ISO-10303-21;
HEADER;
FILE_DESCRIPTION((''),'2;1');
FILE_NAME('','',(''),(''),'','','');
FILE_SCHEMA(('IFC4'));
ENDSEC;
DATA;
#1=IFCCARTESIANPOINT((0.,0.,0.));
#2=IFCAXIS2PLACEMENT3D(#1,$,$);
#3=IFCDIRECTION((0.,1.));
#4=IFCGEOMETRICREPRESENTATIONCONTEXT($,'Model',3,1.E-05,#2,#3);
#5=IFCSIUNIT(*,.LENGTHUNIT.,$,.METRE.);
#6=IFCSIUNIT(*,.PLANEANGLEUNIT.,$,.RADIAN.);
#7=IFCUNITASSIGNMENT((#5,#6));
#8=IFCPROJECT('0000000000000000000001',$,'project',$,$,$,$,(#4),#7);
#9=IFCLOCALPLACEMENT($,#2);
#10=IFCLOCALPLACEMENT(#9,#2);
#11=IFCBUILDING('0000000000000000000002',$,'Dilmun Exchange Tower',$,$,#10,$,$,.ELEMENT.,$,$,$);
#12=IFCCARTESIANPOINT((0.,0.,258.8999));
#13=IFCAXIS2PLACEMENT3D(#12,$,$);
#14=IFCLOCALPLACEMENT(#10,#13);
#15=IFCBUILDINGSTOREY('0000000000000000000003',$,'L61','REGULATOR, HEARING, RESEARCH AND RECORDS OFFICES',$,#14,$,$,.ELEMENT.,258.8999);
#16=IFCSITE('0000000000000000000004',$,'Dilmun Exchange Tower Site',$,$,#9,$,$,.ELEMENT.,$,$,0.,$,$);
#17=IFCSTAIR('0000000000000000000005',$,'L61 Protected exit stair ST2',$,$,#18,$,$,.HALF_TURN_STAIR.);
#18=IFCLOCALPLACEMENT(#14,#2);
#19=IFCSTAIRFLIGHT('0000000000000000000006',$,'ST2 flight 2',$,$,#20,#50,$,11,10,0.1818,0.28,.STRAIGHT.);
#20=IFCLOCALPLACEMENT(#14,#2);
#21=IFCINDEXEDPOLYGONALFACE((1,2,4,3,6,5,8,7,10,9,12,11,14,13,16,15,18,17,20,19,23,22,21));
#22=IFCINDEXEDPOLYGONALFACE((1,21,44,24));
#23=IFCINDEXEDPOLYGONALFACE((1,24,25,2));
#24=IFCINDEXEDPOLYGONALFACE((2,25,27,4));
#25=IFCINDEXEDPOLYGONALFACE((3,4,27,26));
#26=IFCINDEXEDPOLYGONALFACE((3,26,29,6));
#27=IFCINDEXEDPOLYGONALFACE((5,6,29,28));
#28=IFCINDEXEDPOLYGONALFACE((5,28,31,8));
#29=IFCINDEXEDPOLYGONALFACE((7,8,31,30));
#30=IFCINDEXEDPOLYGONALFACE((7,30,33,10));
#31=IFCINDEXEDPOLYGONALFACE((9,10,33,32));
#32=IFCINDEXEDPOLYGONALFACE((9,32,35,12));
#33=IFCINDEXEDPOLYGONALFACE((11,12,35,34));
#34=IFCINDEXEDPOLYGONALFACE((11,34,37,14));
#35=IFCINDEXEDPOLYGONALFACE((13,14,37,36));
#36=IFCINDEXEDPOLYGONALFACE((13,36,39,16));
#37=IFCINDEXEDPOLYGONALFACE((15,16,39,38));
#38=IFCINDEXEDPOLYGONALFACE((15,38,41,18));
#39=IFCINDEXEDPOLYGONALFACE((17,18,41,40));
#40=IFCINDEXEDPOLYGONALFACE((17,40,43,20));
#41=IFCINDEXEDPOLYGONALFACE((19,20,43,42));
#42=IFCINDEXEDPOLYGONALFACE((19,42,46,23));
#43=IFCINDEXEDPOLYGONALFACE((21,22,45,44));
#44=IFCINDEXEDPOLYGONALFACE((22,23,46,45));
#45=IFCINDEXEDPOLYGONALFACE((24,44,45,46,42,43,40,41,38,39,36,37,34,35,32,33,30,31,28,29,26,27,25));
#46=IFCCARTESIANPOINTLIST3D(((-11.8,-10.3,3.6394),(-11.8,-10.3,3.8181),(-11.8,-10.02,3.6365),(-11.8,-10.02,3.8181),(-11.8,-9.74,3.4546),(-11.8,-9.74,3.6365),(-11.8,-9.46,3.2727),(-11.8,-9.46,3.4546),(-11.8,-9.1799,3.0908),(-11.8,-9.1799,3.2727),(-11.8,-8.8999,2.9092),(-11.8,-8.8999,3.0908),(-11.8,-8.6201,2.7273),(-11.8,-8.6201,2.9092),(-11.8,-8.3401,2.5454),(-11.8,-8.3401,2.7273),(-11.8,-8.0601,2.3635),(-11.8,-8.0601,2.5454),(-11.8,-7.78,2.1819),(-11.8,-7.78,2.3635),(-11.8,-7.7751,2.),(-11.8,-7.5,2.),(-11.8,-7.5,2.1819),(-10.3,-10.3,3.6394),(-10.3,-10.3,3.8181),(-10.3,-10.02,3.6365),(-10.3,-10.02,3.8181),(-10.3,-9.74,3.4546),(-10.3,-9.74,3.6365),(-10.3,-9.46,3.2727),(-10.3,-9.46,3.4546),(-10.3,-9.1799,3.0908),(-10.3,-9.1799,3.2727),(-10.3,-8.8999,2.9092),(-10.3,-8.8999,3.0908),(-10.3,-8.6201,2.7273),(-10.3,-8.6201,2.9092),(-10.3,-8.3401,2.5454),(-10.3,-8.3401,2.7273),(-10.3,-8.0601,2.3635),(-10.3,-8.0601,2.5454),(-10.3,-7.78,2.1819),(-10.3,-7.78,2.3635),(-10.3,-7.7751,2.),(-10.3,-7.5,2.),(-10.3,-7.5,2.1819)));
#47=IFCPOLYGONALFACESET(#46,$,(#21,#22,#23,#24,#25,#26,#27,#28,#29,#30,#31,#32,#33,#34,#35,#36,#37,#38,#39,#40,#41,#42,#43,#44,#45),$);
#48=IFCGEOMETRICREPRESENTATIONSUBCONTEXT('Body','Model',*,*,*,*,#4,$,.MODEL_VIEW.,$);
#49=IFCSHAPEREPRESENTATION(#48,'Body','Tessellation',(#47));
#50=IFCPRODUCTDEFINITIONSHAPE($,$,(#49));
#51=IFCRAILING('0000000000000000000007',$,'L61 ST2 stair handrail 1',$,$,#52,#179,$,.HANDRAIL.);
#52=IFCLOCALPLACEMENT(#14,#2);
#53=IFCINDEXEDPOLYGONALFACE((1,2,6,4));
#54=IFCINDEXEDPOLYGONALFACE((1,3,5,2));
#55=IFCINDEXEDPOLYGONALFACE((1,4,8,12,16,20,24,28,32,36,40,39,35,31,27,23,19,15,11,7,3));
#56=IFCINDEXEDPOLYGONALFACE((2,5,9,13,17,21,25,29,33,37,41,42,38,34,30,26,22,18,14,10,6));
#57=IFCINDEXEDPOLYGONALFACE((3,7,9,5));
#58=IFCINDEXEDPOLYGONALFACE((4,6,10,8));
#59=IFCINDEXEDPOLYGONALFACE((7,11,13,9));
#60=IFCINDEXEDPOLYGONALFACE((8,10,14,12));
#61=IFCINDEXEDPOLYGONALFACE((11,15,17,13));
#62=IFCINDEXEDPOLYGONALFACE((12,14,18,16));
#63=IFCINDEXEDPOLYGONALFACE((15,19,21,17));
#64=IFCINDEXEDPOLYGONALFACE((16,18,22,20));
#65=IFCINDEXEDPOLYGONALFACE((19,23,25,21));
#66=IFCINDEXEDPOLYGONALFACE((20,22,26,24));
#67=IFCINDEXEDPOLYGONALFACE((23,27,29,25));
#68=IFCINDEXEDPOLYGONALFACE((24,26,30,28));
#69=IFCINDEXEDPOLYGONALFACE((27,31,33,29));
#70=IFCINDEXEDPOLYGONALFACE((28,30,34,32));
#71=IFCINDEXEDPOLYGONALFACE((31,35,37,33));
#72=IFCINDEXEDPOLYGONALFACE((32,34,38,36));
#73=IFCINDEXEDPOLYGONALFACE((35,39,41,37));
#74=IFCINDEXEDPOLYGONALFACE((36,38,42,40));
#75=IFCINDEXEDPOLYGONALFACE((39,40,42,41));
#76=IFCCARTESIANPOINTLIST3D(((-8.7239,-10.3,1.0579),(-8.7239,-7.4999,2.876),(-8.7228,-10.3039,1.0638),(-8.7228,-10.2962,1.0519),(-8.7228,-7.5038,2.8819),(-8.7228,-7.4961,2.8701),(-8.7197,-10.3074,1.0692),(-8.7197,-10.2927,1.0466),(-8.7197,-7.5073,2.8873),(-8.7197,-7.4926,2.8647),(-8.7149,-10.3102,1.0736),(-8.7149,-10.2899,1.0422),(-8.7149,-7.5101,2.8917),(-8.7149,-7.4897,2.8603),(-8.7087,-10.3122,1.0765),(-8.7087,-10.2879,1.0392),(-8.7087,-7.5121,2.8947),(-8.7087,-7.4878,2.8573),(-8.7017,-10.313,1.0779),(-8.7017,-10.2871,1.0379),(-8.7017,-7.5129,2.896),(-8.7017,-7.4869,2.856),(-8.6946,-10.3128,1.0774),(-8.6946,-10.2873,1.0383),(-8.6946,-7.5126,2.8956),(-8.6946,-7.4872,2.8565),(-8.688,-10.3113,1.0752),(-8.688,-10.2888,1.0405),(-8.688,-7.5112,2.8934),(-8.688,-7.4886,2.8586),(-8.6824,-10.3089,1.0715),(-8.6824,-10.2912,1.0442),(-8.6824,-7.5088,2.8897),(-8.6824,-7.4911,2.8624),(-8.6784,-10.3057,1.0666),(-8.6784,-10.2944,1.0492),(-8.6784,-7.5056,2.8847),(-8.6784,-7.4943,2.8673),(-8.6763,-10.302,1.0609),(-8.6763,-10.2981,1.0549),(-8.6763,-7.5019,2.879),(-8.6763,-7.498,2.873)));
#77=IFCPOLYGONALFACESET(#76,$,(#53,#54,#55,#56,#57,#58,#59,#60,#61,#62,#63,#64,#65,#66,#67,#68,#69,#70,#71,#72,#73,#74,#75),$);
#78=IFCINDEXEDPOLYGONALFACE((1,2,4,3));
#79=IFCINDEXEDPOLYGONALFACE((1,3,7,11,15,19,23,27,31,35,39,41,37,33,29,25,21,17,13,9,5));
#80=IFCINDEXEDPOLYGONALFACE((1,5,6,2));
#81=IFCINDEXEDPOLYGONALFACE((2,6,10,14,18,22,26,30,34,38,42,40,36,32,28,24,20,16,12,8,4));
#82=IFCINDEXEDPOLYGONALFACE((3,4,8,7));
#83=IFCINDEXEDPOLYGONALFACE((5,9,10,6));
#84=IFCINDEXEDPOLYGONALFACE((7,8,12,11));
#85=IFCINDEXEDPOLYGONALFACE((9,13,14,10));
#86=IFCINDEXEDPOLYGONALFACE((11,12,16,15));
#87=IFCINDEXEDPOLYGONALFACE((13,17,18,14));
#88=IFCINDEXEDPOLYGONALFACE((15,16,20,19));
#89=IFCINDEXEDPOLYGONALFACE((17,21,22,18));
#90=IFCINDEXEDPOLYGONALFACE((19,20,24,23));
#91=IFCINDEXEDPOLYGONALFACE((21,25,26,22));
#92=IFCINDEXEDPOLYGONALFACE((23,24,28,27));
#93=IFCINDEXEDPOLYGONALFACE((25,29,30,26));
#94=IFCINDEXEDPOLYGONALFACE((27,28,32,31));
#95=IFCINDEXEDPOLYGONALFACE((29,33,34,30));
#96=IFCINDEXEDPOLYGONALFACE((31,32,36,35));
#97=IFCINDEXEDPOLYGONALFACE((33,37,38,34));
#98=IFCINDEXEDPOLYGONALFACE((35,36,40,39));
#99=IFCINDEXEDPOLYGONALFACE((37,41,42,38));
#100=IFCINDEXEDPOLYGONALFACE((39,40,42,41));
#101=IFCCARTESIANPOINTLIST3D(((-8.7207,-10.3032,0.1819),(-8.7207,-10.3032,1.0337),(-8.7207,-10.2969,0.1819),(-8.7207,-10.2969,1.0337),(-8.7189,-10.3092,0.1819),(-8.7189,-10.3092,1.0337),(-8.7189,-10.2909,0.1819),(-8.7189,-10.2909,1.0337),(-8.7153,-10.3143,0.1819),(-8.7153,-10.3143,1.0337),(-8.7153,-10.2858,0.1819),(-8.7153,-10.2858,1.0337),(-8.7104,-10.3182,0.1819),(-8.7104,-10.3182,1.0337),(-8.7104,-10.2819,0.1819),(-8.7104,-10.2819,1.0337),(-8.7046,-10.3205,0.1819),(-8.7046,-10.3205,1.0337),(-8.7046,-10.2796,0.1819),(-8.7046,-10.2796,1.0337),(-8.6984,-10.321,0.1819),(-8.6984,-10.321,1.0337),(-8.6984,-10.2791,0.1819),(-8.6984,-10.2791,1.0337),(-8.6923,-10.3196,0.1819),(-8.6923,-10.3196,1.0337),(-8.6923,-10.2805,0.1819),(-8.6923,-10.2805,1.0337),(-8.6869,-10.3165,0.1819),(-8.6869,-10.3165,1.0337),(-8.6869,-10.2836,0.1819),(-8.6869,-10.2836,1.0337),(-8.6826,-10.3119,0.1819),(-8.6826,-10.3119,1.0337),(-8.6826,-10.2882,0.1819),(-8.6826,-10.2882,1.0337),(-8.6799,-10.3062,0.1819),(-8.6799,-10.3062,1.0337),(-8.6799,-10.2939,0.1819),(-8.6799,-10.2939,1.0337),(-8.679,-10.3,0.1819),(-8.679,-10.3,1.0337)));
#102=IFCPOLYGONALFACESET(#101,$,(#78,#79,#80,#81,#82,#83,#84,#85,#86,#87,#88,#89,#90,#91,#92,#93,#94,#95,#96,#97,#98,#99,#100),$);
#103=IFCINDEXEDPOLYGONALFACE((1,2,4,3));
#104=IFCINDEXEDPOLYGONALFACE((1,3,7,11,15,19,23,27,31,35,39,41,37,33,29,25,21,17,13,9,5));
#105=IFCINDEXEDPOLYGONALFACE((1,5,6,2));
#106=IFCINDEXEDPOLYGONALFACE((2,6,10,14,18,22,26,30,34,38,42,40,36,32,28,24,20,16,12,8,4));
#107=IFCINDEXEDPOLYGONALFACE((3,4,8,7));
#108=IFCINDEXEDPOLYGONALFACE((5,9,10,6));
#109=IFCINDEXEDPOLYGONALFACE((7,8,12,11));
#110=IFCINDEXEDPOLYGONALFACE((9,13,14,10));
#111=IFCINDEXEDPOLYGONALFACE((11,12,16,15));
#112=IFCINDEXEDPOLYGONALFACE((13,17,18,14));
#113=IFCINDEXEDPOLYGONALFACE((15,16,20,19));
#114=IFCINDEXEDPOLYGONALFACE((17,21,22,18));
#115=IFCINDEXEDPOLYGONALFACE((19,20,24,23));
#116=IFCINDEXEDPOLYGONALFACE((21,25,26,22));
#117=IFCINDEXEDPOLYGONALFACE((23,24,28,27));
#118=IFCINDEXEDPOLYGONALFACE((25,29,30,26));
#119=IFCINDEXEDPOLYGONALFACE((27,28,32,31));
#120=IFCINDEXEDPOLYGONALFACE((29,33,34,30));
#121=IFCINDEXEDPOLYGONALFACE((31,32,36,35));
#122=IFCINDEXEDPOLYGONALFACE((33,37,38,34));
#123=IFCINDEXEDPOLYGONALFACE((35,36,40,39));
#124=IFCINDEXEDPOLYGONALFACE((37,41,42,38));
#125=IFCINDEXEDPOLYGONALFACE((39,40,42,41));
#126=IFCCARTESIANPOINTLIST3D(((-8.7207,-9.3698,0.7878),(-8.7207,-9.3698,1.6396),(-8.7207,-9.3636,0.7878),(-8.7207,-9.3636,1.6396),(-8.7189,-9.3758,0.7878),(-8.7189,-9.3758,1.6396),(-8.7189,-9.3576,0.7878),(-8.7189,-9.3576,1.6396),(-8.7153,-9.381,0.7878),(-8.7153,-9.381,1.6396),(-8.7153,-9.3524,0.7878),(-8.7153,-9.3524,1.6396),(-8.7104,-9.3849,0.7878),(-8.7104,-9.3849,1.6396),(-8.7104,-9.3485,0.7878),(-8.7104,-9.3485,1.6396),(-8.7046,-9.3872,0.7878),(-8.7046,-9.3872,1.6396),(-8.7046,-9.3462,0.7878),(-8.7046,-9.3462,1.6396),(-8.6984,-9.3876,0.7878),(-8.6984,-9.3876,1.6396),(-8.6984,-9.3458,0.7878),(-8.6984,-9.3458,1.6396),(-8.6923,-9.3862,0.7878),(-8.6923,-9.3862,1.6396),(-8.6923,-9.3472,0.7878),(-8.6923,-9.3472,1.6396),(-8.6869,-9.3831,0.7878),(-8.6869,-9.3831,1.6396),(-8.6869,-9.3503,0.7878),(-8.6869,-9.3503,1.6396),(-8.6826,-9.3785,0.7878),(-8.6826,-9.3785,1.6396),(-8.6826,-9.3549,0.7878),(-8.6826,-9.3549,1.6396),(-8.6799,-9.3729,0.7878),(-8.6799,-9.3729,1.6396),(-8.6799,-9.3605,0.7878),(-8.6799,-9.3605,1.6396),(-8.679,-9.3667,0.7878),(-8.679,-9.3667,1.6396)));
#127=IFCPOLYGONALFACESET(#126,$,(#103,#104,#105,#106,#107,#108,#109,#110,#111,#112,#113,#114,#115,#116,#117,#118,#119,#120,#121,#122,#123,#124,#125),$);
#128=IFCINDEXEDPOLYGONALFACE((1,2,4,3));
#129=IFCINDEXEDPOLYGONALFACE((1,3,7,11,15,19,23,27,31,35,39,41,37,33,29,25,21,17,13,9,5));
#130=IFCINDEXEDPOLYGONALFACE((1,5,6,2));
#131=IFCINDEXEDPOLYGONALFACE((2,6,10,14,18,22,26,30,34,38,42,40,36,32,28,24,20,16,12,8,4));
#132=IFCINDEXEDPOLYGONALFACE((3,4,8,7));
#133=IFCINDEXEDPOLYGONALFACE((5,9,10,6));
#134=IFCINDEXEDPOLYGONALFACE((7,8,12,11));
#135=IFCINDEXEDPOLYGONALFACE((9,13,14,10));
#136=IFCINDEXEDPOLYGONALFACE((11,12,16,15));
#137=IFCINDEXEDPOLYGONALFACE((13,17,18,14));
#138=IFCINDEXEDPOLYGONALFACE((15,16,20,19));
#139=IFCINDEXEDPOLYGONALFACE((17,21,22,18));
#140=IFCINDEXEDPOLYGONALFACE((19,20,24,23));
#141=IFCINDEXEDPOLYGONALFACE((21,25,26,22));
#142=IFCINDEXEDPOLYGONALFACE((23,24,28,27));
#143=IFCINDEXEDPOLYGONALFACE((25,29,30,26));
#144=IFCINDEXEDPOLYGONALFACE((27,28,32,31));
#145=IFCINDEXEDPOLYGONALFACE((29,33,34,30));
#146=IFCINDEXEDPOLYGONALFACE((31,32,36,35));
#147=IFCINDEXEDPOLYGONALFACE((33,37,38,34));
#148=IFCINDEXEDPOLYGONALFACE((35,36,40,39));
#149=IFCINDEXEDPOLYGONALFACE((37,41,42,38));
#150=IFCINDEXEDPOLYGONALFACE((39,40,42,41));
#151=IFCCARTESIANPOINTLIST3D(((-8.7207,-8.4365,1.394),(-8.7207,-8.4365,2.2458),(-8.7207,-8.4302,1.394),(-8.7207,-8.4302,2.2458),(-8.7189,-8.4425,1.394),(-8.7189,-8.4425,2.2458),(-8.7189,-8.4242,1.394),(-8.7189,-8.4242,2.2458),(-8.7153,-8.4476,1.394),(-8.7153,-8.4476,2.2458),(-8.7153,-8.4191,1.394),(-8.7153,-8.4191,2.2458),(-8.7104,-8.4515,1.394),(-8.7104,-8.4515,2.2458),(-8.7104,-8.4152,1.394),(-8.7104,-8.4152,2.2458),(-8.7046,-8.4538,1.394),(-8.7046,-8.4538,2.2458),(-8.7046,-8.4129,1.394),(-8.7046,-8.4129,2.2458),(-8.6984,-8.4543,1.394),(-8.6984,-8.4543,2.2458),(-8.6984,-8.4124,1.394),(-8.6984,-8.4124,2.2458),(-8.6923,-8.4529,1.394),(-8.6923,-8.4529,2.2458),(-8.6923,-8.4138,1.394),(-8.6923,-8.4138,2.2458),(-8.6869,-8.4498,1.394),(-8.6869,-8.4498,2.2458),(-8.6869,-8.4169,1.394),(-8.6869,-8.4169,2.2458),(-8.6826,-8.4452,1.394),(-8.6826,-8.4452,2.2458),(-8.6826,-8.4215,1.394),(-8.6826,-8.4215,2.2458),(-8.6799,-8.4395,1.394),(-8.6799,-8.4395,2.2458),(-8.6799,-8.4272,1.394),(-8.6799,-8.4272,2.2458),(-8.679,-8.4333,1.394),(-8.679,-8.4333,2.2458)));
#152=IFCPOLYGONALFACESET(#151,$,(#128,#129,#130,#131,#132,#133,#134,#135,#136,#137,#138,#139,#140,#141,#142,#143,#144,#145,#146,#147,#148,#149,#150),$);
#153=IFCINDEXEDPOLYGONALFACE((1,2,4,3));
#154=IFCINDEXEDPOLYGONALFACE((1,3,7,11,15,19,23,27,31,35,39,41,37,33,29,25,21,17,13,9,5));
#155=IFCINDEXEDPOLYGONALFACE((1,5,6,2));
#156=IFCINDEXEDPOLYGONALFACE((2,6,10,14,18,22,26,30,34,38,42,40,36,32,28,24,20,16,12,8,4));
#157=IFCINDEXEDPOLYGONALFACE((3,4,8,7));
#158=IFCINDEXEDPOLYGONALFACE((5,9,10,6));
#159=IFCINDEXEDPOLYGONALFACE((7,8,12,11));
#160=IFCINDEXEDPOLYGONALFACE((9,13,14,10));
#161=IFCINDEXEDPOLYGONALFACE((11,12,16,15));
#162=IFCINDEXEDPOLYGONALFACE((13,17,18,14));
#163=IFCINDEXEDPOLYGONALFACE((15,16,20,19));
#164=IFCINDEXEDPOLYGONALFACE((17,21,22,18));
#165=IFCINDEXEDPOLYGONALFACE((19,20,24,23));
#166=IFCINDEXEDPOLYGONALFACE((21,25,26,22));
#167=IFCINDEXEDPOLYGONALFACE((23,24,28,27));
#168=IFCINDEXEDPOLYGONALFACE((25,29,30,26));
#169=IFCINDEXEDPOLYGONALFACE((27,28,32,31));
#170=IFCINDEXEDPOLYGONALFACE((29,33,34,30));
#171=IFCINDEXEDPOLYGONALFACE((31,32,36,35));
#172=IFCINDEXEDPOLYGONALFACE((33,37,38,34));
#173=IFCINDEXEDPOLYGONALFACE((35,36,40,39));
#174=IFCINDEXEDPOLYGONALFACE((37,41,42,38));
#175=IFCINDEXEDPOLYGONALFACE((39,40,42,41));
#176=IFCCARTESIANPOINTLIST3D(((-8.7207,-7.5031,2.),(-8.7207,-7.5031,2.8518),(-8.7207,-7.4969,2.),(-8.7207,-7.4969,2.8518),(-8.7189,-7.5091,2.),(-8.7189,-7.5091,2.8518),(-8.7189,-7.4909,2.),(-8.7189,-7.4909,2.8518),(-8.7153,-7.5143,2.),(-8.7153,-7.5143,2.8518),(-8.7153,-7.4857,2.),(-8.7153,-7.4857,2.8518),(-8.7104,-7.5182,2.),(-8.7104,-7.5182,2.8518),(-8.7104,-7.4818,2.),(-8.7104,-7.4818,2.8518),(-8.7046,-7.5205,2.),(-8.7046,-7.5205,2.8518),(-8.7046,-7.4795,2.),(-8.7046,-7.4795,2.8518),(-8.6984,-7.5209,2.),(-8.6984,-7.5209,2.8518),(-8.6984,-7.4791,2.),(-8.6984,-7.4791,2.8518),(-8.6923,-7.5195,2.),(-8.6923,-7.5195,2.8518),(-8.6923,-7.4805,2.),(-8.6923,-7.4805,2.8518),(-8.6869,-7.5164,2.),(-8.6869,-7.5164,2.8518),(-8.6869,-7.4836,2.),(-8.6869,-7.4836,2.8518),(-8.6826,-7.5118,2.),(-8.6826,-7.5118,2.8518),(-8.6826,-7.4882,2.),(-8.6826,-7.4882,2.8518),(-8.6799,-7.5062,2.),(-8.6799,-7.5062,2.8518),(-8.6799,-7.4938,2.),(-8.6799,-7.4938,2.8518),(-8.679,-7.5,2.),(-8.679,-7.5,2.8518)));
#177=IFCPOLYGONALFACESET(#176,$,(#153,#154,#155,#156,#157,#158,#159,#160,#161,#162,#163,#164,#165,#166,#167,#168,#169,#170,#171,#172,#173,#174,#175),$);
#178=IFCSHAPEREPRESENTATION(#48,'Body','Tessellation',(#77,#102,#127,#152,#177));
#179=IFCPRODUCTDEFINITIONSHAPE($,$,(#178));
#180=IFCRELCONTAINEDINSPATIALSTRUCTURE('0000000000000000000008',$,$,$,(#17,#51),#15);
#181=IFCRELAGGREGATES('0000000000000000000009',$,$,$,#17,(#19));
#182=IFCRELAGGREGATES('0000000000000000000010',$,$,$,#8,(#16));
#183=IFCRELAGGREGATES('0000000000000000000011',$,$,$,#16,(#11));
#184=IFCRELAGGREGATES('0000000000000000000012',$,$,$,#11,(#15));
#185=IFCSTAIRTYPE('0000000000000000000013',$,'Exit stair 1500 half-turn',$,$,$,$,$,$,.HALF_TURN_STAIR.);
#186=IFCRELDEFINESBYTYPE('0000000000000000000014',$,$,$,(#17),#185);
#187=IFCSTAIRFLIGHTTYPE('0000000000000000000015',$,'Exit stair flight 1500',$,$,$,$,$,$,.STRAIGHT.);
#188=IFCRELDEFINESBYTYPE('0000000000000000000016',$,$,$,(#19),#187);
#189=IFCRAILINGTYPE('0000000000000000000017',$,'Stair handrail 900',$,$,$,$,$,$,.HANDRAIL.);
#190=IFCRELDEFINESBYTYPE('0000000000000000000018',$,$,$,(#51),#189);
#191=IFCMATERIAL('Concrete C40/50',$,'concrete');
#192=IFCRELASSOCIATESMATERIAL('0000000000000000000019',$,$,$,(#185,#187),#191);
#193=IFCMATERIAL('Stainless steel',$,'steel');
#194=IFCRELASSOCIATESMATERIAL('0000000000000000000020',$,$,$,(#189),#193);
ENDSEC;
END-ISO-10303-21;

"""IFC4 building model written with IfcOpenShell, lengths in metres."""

from ifc_helpers import new_model, si_unit, direction, frame, origin, origin_2d, place, context, subcontext, project, spatial, polyline, circle, outline, extrude, material, type_object, element, aggregate, save


model = new_model("IFC4")

# Units and contexts
model_context = context("Model", 3, precision=1e-05, world=origin(), true_north=direction((0.0, 1.0)))
body_context = subcontext(model_context, "Body", "Model", "MODEL_VIEW")
ifc_project = project(units=[si_unit("LENGTHUNIT", "METRE"), si_unit("PLANEANGLEUNIT", "RADIAN")], contexts=[model_context])

# Site, building, storey
site_placement = place(None, origin())
site = spatial("IfcSite", under=ifc_project, at=site_placement, Name="Dilmun Exchange Tower Site", CompositionType="ELEMENT", RefElevation=0.0)
building_placement = place(site_placement, origin())
building = spatial("IfcBuilding", under=site, at=building_placement, Name="Dilmun Exchange Tower", CompositionType="ELEMENT")
storey_placement = place(building_placement, frame((0.0, 0.0, 258.8999)))
storey = spatial("IfcBuildingStorey", under=building, at=storey_placement, Name="L61", Description="REGULATOR, HEARING, RESEARCH AND RECORDS OFFICES", CompositionType="ELEMENT", Elevation=258.8999)

# Shared definitions
ifc_material_1 = material(Name="Concrete C40/50", Category="concrete")

# Stair, stair flight
stair_type = type_object("IfcStairType", Name="Exit stair 1500 half-turn", PredefinedType="HALF_TURN_STAIR", material=ifc_material_1)
stair_placement = place(storey_placement, origin())
stair = element("IfcStair", 1, at=stair_placement, inside=storey, type_object=stair_type, Name="L61 Protected exit stair ST2", PredefinedType="HALF_TURN_STAIR")
stair_flight_type = type_object("IfcStairFlightType", Name="Exit stair flight 1500", PredefinedType="STRAIGHT", material=ifc_material_1)
stair_flight_placement = place(storey_placement, frame((-11.05, -7.5, 2.0), z_axis=(0.0, 0.0, 1.0), x_axis=(0.0, -1.0, 0.0)))
stair_flight = element("IfcStairFlight", 2, at=stair_flight_placement, type_object=stair_flight_type, Name="ST2 flight 2", NumberOfRisers=11, NumberOfTreads=10, PredefinedType="STRAIGHT", RiserHeight=0.1818, TreadLength=0.28, context=body_context, shape_type="SweptSolid", body=[
    extrude(outline(polyline([(0.0, 0.0), (0.0, 0.1819), (0.28, 0.1819), (0.28, 0.3635), (0.5601, 0.3635), (0.5601, 0.5454), (0.8401, 0.5454), (0.8401, 0.7273), (1.1201, 0.7273), (1.1201, 0.9092), (1.3999, 0.9092), (1.3999, 1.0908), (1.6799, 1.0908), (1.6799, 1.2727), (1.96, 1.2727), (1.96, 1.4546), (2.24, 1.4546), (2.24, 1.6365), (2.52, 1.6365), (2.52, 1.8181), (2.8, 1.8181), (2.8, 2.0), (2.8, 1.6394), (0.2751, 0.0), (0.0, 0.0)])), frame((0.0, 0.75, 0.0), z_axis=(0.0, -1.0, 0.0), x_axis=(1.0, 0.0, 0.0)), (0.0, 0.0, 1.0), 1.5),
])
aggregate(stair, [stair_flight])

# Railing
ifc_material_2 = material(Name="Stainless steel", Category="steel")
railing_type = type_object("IfcRailingType", Name="Stair handrail 900", PredefinedType="HANDRAIL", material=ifc_material_2)
railing_1_placement = place(storey_placement, frame((-8.7, -10.3, 0.1819)))
element("IfcRailing", 3, at=railing_1_placement, inside=storey, type_object=railing_type, Name="L61 ST2 stair handrail 1", PredefinedType="HANDRAIL", context=body_context, shape_type="SweptSolid", body=[
    extrude(circle(Radius=0.0239, at=origin_2d()), frame((0.0, 0.0, 0.876), z_axis=(0.0, 0.838706, 0.544585), x_axis=(-1.0, 0.0, 0.0)), (0.0, 0.0, 1.0), 3.3386),
    extrude(circle(Radius=0.021, at=origin_2d()), origin(), (0.0, 0.0, 1.0), 0.8518),
    extrude(circle(Radius=0.021, at=origin_2d()), frame((0.0, 0.9333, 0.606)), (0.0, 0.0, 1.0), 0.8518),
    extrude(circle(Radius=0.021, at=origin_2d()), frame((0.0, 1.8667, 1.2122)), (0.0, 0.0, 1.0), 0.8518),
    extrude(circle(Radius=0.021, at=origin_2d()), frame((0.0, 2.8, 1.8181)), (0.0, 0.0, 1.0), 0.8518),
])

save(model, "model.ifc")
